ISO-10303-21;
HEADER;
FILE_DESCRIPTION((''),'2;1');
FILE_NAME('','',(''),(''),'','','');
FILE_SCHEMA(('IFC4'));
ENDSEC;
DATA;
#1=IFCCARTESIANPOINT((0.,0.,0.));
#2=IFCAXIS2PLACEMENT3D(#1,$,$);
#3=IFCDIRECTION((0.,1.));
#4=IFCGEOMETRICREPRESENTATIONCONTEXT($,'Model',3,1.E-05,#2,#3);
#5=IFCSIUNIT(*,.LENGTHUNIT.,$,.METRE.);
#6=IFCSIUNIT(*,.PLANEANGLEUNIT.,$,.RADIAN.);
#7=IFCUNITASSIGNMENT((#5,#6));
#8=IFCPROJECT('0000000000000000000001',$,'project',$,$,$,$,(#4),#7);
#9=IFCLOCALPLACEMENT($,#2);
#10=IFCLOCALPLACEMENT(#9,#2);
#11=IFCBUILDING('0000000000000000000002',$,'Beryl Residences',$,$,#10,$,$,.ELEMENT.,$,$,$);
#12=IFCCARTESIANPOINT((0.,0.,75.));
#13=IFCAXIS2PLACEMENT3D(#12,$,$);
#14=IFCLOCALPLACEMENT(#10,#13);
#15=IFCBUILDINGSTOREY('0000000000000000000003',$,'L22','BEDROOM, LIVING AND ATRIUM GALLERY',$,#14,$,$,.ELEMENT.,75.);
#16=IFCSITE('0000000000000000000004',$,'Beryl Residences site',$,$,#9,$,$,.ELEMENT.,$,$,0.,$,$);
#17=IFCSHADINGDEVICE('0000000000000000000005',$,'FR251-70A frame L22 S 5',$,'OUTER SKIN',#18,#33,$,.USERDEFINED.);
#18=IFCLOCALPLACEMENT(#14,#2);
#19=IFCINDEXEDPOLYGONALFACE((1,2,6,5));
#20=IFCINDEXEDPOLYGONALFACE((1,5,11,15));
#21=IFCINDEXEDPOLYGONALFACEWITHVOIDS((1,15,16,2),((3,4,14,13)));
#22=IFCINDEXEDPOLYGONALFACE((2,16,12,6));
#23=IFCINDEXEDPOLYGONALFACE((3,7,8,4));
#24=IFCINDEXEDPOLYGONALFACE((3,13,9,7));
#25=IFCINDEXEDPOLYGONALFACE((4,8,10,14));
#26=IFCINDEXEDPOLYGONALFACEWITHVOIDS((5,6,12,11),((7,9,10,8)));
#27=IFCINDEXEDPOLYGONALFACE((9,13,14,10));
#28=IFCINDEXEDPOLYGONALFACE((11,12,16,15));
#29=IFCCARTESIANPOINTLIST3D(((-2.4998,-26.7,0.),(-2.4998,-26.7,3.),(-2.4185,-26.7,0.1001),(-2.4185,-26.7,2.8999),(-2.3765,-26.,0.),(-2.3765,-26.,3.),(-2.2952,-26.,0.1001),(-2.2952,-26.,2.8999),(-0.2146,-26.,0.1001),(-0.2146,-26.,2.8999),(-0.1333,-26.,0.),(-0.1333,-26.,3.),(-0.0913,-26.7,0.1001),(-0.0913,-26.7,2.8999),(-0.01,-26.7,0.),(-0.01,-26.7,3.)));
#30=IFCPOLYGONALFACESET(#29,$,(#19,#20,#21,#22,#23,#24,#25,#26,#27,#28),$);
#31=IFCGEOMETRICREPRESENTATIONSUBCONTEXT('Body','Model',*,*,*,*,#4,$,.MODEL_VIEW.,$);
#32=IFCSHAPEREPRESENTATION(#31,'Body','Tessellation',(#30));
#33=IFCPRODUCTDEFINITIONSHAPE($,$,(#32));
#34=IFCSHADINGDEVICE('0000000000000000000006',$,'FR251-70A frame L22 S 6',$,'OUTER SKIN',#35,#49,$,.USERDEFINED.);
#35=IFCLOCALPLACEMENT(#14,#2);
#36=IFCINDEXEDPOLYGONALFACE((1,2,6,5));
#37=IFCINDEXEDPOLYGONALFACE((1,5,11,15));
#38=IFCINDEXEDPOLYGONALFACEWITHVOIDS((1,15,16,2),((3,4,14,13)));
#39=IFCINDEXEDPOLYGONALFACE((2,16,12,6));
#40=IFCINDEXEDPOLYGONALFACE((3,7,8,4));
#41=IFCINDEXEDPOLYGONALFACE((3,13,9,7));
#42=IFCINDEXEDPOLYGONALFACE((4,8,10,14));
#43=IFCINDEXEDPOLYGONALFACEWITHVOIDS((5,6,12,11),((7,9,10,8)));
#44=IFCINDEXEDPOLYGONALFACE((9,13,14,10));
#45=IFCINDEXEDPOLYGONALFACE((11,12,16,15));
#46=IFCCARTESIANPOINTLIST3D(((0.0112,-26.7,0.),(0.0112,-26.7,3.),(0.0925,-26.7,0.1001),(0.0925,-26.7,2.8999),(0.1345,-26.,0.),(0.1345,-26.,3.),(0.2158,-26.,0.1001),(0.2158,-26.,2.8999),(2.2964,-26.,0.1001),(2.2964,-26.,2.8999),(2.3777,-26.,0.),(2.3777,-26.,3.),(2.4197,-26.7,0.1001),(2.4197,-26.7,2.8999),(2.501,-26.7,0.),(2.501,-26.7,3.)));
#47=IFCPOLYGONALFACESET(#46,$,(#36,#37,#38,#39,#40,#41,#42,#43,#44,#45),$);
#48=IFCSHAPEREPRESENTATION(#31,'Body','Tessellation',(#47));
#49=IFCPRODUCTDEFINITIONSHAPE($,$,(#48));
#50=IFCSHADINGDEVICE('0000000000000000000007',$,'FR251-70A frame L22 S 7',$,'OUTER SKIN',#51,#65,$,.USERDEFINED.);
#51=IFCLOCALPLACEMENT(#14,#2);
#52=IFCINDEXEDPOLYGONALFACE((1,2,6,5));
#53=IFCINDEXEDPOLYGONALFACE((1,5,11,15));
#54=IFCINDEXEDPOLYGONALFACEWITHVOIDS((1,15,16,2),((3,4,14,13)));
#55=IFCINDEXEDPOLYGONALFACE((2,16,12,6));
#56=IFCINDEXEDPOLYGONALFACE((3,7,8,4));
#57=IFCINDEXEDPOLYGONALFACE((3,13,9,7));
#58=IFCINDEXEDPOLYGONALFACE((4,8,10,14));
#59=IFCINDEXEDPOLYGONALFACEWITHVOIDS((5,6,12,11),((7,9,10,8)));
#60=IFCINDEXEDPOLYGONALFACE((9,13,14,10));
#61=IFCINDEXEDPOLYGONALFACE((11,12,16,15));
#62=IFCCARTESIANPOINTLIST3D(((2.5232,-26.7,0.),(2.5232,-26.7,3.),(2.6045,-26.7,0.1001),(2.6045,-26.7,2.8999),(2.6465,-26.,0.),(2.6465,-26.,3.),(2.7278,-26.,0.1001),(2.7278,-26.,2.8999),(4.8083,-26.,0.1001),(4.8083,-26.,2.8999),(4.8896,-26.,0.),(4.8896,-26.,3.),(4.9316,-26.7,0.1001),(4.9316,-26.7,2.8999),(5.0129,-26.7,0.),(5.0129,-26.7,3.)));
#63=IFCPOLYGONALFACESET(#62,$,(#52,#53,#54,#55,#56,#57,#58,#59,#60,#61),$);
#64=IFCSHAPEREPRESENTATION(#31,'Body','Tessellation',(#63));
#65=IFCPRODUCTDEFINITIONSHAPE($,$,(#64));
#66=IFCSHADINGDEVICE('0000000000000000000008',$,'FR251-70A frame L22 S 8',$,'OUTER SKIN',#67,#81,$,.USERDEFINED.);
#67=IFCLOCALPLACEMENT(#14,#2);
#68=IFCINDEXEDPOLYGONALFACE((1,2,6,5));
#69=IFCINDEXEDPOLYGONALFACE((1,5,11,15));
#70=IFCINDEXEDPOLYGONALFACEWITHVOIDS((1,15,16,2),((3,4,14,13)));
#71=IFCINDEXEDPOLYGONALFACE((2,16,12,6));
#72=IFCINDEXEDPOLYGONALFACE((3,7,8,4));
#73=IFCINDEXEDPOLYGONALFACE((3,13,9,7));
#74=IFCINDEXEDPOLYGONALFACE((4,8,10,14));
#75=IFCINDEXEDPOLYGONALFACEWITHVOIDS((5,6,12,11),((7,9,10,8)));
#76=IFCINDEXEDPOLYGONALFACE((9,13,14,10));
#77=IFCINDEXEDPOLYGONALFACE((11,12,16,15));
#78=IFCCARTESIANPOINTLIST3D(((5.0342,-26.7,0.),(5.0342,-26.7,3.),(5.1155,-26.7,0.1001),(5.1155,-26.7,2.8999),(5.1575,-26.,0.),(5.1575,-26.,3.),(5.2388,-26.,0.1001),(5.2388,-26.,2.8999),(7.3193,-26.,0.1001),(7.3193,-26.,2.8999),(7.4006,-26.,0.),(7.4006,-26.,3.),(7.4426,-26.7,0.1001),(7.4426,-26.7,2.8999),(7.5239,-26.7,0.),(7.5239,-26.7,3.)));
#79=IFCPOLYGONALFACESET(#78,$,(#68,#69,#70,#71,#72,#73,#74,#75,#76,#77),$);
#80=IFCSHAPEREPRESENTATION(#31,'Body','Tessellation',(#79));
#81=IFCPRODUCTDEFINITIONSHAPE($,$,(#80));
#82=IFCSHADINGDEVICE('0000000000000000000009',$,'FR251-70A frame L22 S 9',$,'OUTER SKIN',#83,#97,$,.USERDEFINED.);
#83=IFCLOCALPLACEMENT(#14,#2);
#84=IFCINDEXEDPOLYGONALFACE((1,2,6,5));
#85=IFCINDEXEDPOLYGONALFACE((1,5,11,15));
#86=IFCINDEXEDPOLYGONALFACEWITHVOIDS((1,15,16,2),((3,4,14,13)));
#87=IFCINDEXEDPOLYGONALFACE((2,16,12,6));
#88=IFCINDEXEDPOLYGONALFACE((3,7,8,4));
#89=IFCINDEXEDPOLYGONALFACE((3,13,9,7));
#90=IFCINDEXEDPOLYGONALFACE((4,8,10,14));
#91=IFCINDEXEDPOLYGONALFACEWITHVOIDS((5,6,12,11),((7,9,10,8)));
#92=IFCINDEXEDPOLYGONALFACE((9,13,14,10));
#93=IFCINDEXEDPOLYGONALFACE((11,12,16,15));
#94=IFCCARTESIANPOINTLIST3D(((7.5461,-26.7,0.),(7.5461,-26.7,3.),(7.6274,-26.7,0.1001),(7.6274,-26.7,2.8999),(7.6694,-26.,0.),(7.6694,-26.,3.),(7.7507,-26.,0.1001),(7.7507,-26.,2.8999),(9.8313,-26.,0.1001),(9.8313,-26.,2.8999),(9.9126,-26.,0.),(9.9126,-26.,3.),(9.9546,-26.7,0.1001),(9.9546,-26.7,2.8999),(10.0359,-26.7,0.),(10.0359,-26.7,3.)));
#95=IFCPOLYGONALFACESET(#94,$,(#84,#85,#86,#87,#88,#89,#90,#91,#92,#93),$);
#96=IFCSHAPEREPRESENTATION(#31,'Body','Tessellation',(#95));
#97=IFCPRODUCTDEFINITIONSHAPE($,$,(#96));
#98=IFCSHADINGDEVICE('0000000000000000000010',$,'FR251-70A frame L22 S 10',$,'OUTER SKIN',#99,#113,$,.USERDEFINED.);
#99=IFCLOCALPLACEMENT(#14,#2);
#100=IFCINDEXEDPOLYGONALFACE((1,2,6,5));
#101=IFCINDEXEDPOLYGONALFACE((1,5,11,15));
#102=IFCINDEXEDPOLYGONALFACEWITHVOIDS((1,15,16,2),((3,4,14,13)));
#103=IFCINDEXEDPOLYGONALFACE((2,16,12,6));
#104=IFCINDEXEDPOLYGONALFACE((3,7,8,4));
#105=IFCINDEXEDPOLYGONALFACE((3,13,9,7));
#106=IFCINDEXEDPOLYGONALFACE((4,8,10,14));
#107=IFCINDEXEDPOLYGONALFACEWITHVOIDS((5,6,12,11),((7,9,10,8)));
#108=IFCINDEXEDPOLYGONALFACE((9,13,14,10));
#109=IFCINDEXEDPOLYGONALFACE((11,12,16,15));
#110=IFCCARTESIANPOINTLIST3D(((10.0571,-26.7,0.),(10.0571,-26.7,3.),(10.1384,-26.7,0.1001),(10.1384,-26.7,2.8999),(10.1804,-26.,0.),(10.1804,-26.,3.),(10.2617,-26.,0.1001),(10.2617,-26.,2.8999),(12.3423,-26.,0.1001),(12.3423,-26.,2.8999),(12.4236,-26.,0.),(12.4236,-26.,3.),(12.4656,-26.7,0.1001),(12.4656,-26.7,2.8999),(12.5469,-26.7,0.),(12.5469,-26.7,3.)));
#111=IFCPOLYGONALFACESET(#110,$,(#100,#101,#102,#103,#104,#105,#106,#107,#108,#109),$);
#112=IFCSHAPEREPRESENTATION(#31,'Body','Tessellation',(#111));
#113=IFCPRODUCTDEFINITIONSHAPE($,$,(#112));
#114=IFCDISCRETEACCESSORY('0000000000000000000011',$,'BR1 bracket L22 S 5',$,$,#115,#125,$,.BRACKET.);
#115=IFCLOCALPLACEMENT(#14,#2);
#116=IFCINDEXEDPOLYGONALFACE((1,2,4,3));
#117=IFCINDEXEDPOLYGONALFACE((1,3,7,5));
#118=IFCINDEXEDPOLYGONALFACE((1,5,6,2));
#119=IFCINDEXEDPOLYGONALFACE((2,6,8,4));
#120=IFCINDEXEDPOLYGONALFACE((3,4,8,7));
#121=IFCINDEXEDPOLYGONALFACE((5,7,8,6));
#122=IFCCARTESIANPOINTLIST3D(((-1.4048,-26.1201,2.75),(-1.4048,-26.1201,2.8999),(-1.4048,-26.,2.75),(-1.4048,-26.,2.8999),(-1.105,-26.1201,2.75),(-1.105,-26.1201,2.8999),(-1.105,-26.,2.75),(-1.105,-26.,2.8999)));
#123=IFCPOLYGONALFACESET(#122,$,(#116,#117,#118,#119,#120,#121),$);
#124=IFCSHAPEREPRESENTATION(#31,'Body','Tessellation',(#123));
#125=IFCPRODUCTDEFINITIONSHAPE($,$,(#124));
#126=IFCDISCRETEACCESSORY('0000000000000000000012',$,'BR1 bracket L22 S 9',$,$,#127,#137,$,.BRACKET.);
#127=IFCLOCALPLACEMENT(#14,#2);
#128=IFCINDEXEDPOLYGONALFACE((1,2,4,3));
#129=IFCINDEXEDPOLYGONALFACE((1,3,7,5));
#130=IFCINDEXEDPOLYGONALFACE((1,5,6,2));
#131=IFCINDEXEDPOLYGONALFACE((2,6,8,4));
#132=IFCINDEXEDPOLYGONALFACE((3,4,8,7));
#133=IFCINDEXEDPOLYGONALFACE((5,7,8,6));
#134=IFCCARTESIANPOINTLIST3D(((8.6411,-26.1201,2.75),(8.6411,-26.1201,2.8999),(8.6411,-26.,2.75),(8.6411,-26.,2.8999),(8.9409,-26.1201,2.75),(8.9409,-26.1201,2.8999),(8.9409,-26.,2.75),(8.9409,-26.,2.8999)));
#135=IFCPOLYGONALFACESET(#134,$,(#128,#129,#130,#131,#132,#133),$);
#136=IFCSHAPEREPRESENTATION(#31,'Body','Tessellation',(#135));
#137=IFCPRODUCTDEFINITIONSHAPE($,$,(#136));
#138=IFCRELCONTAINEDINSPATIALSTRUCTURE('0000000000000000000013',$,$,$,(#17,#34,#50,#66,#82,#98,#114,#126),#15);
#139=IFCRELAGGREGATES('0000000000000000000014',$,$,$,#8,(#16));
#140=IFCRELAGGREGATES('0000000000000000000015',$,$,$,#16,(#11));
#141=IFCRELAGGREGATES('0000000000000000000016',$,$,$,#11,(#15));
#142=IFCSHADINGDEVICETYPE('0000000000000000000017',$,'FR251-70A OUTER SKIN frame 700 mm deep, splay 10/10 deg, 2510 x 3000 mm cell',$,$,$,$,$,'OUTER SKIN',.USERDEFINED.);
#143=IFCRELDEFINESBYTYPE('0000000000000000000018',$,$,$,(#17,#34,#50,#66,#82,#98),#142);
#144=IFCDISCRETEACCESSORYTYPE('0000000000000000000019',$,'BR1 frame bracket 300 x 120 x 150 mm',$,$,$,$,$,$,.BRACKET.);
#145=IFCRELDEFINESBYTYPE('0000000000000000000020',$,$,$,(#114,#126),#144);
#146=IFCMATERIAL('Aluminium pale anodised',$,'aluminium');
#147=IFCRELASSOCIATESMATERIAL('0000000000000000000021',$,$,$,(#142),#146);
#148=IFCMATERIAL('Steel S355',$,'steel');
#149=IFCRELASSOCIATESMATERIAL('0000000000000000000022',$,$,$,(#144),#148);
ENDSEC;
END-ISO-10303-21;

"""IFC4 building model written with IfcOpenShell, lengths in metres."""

from ifc_helpers import new_model, entity, si_unit, direction, frame, origin, place, context, subcontext, project, spatial, polyline, outline, extrude, source, transform, mapped, material, type_object, type_shapes, element, save


model = new_model("IFC4")

# Units and contexts
model_context = context("Model", 3, precision=1e-05, world=origin(), true_north=direction((0.0, 1.0)))
body_context = subcontext(model_context, "Body", "Model", "MODEL_VIEW")
ifc_project = project(units=[si_unit("LENGTHUNIT", "METRE"), si_unit("PLANEANGLEUNIT", "RADIAN")], contexts=[model_context])

# Site, building, storey
site_placement = place(None, origin())
site = spatial("IfcSite", under=ifc_project, at=site_placement, Name="Beryl Residences site", CompositionType="ELEMENT", RefElevation=0.0)
building_placement = place(site_placement, origin())
building = spatial("IfcBuilding", under=site, at=building_placement, Name="Beryl Residences", CompositionType="ELEMENT")
storey_placement = place(building_placement, frame((0.0, 0.0, 75.0)))
storey = spatial("IfcBuildingStorey", under=building, at=storey_placement, Name="L22", Description="BEDROOM, LIVING AND ATRIUM GALLERY", CompositionType="ELEMENT", Elevation=75.0)

# Shading devices
ifc_material_1 = material(Name="Aluminium pale anodised", Category="aluminium")
shading_device_type_1 = type_object("IfcShadingDeviceType", Name="FR251-70A OUTER SKIN frame 700 mm deep, splay 10/10 deg, 2510 x 3000 mm cell", ElementType="OUTER SKIN", PredefinedType="USERDEFINED", material=ifc_material_1)
cartesian_point_1 = entity("IfcCartesianPoint", [-1.1216, 0.0])
cartesian_point_2 = entity("IfcCartesianPoint", [-1.0403, 0.1001])
cartesian_point_3 = entity("IfcCartesianPoint", [-1.2449, 0.0])
cartesian_point_4 = entity("IfcCartesianPoint", [-1.1636, 0.1001])
shared_shape_1 = source(origin(), body_context, "Body", "SweptSolid", [
    entity("IfcExtrudedAreaSolidTapered", entity("IfcArbitraryProfileDefWithVoids", "AREA", None, entity("IfcPolyline", [cartesian_point_1, entity("IfcCartesianPoint", [1.1216, 0.0]), entity("IfcCartesianPoint", [1.1216, 3.0]), entity("IfcCartesianPoint", [-1.1216, 3.0]), cartesian_point_1]), [entity("IfcPolyline", [cartesian_point_2, entity("IfcCartesianPoint", [1.0403, 0.1001]), entity("IfcCartesianPoint", [1.0403, 2.8999]), entity("IfcCartesianPoint", [-1.0403, 2.8999]), cartesian_point_2])]), entity("IfcAxis2Placement3D", entity("IfcCartesianPoint", [0.0, 0.0, 0.0]), entity("IfcDirection", [0.0, 1.0, 0.0]), entity("IfcDirection", [-1.0, 0.0, 0.0])), entity("IfcDirection", [0.0, 0.0, 1.0]), 0.7, entity("IfcArbitraryProfileDefWithVoids", "AREA", None, entity("IfcPolyline", [cartesian_point_3, entity("IfcCartesianPoint", [1.2449, 0.0]), entity("IfcCartesianPoint", [1.2449, 3.0]), entity("IfcCartesianPoint", [-1.2449, 3.0]), cartesian_point_3]), [entity("IfcPolyline", [cartesian_point_4, entity("IfcCartesianPoint", [1.1636, 0.1001]), entity("IfcCartesianPoint", [1.1636, 2.8999]), entity("IfcCartesianPoint", [-1.1636, 2.8999]), cartesian_point_4])])),
])
type_shapes(shading_device_type_1, [shared_shape_1])
for number, where, z_axis, x_axis, name in (
    (1, (-1.2549, -26.0, 0.0), (0.0, 0.0, 1.0), (-1.0, 0.0, 0.0), "FR251-70A frame L22 S 5"),
    (2, (1.2561, -26.0, 0.0), (0.0, 0.0, 1.0), (-1.0, 0.0, 0.0), "FR251-70A frame L22 S 6"),
    (3, (3.7681, -26.0, 0.0), (0.0, 0.0, 1.0), (-1.0, 0.0, 0.0), "FR251-70A frame L22 S 7"),
    (4, (6.2791, -26.0, 0.0), (0.0, 0.0, 1.0), (-1.0, 0.0, 0.0), "FR251-70A frame L22 S 8"),
    (5, (8.791, -26.0, 0.0), (0.0, 0.0, 1.0), (-1.0, 0.0, 0.0), "FR251-70A frame L22 S 9"),
    (6, (11.302, -26.0, 0.0), (0.0, 0.0, 1.0), (-1.0, 0.0, 0.0), "FR251-70A frame L22 S 10"),
):
    element("IfcShadingDevice", number, at=place(storey_placement, frame(where, z_axis=z_axis, x_axis=x_axis)), inside=storey, type_object=shading_device_type_1, Name=name, ObjectType="OUTER SKIN", PredefinedType="USERDEFINED", context=body_context, shape_type="MappedRepresentation", body=[
        mapped(shared_shape_1, transform((0.0, 0.0, 0.0))),
    ])

# Discrete accessories
ifc_material_2 = material(Name="Steel S355", Category="steel")
discrete_accessory_type = type_object("IfcDiscreteAccessoryType", Name="BR1 frame bracket 300 x 120 x 150 mm", PredefinedType="BRACKET", material=ifc_material_2)
shared_shape_2 = source(origin(), body_context, "Body", "SweptSolid", [
    extrude(outline(polyline([(-0.1499, 0.0), (0.1499, 0.0), (0.1499, 0.1201), (-0.1499, 0.1201), (-0.1499, 0.0)])), origin(), (0.0, 0.0, 1.0), 0.1499),
])
type_shapes(discrete_accessory_type, [shared_shape_2])
for number, where, z_axis, x_axis, name in (
    (7, (-1.2549, -26.0, 2.75), (0.0, 0.0, 1.0), (-1.0, 0.0, 0.0), "BR1 bracket L22 S 5"),
    (8, (8.791, -26.0, 2.75), (0.0, 0.0, 1.0), (-1.0, 0.0, 0.0), "BR1 bracket L22 S 9"),
):
    element("IfcDiscreteAccessory", number, at=place(storey_placement, frame(where, z_axis=z_axis, x_axis=x_axis)), inside=storey, type_object=discrete_accessory_type, Name=name, PredefinedType="BRACKET", context=body_context, shape_type="MappedRepresentation", body=[
        mapped(shared_shape_2, transform((0.0, 0.0, 0.0))),
    ])

save(model, "model.ifc")
